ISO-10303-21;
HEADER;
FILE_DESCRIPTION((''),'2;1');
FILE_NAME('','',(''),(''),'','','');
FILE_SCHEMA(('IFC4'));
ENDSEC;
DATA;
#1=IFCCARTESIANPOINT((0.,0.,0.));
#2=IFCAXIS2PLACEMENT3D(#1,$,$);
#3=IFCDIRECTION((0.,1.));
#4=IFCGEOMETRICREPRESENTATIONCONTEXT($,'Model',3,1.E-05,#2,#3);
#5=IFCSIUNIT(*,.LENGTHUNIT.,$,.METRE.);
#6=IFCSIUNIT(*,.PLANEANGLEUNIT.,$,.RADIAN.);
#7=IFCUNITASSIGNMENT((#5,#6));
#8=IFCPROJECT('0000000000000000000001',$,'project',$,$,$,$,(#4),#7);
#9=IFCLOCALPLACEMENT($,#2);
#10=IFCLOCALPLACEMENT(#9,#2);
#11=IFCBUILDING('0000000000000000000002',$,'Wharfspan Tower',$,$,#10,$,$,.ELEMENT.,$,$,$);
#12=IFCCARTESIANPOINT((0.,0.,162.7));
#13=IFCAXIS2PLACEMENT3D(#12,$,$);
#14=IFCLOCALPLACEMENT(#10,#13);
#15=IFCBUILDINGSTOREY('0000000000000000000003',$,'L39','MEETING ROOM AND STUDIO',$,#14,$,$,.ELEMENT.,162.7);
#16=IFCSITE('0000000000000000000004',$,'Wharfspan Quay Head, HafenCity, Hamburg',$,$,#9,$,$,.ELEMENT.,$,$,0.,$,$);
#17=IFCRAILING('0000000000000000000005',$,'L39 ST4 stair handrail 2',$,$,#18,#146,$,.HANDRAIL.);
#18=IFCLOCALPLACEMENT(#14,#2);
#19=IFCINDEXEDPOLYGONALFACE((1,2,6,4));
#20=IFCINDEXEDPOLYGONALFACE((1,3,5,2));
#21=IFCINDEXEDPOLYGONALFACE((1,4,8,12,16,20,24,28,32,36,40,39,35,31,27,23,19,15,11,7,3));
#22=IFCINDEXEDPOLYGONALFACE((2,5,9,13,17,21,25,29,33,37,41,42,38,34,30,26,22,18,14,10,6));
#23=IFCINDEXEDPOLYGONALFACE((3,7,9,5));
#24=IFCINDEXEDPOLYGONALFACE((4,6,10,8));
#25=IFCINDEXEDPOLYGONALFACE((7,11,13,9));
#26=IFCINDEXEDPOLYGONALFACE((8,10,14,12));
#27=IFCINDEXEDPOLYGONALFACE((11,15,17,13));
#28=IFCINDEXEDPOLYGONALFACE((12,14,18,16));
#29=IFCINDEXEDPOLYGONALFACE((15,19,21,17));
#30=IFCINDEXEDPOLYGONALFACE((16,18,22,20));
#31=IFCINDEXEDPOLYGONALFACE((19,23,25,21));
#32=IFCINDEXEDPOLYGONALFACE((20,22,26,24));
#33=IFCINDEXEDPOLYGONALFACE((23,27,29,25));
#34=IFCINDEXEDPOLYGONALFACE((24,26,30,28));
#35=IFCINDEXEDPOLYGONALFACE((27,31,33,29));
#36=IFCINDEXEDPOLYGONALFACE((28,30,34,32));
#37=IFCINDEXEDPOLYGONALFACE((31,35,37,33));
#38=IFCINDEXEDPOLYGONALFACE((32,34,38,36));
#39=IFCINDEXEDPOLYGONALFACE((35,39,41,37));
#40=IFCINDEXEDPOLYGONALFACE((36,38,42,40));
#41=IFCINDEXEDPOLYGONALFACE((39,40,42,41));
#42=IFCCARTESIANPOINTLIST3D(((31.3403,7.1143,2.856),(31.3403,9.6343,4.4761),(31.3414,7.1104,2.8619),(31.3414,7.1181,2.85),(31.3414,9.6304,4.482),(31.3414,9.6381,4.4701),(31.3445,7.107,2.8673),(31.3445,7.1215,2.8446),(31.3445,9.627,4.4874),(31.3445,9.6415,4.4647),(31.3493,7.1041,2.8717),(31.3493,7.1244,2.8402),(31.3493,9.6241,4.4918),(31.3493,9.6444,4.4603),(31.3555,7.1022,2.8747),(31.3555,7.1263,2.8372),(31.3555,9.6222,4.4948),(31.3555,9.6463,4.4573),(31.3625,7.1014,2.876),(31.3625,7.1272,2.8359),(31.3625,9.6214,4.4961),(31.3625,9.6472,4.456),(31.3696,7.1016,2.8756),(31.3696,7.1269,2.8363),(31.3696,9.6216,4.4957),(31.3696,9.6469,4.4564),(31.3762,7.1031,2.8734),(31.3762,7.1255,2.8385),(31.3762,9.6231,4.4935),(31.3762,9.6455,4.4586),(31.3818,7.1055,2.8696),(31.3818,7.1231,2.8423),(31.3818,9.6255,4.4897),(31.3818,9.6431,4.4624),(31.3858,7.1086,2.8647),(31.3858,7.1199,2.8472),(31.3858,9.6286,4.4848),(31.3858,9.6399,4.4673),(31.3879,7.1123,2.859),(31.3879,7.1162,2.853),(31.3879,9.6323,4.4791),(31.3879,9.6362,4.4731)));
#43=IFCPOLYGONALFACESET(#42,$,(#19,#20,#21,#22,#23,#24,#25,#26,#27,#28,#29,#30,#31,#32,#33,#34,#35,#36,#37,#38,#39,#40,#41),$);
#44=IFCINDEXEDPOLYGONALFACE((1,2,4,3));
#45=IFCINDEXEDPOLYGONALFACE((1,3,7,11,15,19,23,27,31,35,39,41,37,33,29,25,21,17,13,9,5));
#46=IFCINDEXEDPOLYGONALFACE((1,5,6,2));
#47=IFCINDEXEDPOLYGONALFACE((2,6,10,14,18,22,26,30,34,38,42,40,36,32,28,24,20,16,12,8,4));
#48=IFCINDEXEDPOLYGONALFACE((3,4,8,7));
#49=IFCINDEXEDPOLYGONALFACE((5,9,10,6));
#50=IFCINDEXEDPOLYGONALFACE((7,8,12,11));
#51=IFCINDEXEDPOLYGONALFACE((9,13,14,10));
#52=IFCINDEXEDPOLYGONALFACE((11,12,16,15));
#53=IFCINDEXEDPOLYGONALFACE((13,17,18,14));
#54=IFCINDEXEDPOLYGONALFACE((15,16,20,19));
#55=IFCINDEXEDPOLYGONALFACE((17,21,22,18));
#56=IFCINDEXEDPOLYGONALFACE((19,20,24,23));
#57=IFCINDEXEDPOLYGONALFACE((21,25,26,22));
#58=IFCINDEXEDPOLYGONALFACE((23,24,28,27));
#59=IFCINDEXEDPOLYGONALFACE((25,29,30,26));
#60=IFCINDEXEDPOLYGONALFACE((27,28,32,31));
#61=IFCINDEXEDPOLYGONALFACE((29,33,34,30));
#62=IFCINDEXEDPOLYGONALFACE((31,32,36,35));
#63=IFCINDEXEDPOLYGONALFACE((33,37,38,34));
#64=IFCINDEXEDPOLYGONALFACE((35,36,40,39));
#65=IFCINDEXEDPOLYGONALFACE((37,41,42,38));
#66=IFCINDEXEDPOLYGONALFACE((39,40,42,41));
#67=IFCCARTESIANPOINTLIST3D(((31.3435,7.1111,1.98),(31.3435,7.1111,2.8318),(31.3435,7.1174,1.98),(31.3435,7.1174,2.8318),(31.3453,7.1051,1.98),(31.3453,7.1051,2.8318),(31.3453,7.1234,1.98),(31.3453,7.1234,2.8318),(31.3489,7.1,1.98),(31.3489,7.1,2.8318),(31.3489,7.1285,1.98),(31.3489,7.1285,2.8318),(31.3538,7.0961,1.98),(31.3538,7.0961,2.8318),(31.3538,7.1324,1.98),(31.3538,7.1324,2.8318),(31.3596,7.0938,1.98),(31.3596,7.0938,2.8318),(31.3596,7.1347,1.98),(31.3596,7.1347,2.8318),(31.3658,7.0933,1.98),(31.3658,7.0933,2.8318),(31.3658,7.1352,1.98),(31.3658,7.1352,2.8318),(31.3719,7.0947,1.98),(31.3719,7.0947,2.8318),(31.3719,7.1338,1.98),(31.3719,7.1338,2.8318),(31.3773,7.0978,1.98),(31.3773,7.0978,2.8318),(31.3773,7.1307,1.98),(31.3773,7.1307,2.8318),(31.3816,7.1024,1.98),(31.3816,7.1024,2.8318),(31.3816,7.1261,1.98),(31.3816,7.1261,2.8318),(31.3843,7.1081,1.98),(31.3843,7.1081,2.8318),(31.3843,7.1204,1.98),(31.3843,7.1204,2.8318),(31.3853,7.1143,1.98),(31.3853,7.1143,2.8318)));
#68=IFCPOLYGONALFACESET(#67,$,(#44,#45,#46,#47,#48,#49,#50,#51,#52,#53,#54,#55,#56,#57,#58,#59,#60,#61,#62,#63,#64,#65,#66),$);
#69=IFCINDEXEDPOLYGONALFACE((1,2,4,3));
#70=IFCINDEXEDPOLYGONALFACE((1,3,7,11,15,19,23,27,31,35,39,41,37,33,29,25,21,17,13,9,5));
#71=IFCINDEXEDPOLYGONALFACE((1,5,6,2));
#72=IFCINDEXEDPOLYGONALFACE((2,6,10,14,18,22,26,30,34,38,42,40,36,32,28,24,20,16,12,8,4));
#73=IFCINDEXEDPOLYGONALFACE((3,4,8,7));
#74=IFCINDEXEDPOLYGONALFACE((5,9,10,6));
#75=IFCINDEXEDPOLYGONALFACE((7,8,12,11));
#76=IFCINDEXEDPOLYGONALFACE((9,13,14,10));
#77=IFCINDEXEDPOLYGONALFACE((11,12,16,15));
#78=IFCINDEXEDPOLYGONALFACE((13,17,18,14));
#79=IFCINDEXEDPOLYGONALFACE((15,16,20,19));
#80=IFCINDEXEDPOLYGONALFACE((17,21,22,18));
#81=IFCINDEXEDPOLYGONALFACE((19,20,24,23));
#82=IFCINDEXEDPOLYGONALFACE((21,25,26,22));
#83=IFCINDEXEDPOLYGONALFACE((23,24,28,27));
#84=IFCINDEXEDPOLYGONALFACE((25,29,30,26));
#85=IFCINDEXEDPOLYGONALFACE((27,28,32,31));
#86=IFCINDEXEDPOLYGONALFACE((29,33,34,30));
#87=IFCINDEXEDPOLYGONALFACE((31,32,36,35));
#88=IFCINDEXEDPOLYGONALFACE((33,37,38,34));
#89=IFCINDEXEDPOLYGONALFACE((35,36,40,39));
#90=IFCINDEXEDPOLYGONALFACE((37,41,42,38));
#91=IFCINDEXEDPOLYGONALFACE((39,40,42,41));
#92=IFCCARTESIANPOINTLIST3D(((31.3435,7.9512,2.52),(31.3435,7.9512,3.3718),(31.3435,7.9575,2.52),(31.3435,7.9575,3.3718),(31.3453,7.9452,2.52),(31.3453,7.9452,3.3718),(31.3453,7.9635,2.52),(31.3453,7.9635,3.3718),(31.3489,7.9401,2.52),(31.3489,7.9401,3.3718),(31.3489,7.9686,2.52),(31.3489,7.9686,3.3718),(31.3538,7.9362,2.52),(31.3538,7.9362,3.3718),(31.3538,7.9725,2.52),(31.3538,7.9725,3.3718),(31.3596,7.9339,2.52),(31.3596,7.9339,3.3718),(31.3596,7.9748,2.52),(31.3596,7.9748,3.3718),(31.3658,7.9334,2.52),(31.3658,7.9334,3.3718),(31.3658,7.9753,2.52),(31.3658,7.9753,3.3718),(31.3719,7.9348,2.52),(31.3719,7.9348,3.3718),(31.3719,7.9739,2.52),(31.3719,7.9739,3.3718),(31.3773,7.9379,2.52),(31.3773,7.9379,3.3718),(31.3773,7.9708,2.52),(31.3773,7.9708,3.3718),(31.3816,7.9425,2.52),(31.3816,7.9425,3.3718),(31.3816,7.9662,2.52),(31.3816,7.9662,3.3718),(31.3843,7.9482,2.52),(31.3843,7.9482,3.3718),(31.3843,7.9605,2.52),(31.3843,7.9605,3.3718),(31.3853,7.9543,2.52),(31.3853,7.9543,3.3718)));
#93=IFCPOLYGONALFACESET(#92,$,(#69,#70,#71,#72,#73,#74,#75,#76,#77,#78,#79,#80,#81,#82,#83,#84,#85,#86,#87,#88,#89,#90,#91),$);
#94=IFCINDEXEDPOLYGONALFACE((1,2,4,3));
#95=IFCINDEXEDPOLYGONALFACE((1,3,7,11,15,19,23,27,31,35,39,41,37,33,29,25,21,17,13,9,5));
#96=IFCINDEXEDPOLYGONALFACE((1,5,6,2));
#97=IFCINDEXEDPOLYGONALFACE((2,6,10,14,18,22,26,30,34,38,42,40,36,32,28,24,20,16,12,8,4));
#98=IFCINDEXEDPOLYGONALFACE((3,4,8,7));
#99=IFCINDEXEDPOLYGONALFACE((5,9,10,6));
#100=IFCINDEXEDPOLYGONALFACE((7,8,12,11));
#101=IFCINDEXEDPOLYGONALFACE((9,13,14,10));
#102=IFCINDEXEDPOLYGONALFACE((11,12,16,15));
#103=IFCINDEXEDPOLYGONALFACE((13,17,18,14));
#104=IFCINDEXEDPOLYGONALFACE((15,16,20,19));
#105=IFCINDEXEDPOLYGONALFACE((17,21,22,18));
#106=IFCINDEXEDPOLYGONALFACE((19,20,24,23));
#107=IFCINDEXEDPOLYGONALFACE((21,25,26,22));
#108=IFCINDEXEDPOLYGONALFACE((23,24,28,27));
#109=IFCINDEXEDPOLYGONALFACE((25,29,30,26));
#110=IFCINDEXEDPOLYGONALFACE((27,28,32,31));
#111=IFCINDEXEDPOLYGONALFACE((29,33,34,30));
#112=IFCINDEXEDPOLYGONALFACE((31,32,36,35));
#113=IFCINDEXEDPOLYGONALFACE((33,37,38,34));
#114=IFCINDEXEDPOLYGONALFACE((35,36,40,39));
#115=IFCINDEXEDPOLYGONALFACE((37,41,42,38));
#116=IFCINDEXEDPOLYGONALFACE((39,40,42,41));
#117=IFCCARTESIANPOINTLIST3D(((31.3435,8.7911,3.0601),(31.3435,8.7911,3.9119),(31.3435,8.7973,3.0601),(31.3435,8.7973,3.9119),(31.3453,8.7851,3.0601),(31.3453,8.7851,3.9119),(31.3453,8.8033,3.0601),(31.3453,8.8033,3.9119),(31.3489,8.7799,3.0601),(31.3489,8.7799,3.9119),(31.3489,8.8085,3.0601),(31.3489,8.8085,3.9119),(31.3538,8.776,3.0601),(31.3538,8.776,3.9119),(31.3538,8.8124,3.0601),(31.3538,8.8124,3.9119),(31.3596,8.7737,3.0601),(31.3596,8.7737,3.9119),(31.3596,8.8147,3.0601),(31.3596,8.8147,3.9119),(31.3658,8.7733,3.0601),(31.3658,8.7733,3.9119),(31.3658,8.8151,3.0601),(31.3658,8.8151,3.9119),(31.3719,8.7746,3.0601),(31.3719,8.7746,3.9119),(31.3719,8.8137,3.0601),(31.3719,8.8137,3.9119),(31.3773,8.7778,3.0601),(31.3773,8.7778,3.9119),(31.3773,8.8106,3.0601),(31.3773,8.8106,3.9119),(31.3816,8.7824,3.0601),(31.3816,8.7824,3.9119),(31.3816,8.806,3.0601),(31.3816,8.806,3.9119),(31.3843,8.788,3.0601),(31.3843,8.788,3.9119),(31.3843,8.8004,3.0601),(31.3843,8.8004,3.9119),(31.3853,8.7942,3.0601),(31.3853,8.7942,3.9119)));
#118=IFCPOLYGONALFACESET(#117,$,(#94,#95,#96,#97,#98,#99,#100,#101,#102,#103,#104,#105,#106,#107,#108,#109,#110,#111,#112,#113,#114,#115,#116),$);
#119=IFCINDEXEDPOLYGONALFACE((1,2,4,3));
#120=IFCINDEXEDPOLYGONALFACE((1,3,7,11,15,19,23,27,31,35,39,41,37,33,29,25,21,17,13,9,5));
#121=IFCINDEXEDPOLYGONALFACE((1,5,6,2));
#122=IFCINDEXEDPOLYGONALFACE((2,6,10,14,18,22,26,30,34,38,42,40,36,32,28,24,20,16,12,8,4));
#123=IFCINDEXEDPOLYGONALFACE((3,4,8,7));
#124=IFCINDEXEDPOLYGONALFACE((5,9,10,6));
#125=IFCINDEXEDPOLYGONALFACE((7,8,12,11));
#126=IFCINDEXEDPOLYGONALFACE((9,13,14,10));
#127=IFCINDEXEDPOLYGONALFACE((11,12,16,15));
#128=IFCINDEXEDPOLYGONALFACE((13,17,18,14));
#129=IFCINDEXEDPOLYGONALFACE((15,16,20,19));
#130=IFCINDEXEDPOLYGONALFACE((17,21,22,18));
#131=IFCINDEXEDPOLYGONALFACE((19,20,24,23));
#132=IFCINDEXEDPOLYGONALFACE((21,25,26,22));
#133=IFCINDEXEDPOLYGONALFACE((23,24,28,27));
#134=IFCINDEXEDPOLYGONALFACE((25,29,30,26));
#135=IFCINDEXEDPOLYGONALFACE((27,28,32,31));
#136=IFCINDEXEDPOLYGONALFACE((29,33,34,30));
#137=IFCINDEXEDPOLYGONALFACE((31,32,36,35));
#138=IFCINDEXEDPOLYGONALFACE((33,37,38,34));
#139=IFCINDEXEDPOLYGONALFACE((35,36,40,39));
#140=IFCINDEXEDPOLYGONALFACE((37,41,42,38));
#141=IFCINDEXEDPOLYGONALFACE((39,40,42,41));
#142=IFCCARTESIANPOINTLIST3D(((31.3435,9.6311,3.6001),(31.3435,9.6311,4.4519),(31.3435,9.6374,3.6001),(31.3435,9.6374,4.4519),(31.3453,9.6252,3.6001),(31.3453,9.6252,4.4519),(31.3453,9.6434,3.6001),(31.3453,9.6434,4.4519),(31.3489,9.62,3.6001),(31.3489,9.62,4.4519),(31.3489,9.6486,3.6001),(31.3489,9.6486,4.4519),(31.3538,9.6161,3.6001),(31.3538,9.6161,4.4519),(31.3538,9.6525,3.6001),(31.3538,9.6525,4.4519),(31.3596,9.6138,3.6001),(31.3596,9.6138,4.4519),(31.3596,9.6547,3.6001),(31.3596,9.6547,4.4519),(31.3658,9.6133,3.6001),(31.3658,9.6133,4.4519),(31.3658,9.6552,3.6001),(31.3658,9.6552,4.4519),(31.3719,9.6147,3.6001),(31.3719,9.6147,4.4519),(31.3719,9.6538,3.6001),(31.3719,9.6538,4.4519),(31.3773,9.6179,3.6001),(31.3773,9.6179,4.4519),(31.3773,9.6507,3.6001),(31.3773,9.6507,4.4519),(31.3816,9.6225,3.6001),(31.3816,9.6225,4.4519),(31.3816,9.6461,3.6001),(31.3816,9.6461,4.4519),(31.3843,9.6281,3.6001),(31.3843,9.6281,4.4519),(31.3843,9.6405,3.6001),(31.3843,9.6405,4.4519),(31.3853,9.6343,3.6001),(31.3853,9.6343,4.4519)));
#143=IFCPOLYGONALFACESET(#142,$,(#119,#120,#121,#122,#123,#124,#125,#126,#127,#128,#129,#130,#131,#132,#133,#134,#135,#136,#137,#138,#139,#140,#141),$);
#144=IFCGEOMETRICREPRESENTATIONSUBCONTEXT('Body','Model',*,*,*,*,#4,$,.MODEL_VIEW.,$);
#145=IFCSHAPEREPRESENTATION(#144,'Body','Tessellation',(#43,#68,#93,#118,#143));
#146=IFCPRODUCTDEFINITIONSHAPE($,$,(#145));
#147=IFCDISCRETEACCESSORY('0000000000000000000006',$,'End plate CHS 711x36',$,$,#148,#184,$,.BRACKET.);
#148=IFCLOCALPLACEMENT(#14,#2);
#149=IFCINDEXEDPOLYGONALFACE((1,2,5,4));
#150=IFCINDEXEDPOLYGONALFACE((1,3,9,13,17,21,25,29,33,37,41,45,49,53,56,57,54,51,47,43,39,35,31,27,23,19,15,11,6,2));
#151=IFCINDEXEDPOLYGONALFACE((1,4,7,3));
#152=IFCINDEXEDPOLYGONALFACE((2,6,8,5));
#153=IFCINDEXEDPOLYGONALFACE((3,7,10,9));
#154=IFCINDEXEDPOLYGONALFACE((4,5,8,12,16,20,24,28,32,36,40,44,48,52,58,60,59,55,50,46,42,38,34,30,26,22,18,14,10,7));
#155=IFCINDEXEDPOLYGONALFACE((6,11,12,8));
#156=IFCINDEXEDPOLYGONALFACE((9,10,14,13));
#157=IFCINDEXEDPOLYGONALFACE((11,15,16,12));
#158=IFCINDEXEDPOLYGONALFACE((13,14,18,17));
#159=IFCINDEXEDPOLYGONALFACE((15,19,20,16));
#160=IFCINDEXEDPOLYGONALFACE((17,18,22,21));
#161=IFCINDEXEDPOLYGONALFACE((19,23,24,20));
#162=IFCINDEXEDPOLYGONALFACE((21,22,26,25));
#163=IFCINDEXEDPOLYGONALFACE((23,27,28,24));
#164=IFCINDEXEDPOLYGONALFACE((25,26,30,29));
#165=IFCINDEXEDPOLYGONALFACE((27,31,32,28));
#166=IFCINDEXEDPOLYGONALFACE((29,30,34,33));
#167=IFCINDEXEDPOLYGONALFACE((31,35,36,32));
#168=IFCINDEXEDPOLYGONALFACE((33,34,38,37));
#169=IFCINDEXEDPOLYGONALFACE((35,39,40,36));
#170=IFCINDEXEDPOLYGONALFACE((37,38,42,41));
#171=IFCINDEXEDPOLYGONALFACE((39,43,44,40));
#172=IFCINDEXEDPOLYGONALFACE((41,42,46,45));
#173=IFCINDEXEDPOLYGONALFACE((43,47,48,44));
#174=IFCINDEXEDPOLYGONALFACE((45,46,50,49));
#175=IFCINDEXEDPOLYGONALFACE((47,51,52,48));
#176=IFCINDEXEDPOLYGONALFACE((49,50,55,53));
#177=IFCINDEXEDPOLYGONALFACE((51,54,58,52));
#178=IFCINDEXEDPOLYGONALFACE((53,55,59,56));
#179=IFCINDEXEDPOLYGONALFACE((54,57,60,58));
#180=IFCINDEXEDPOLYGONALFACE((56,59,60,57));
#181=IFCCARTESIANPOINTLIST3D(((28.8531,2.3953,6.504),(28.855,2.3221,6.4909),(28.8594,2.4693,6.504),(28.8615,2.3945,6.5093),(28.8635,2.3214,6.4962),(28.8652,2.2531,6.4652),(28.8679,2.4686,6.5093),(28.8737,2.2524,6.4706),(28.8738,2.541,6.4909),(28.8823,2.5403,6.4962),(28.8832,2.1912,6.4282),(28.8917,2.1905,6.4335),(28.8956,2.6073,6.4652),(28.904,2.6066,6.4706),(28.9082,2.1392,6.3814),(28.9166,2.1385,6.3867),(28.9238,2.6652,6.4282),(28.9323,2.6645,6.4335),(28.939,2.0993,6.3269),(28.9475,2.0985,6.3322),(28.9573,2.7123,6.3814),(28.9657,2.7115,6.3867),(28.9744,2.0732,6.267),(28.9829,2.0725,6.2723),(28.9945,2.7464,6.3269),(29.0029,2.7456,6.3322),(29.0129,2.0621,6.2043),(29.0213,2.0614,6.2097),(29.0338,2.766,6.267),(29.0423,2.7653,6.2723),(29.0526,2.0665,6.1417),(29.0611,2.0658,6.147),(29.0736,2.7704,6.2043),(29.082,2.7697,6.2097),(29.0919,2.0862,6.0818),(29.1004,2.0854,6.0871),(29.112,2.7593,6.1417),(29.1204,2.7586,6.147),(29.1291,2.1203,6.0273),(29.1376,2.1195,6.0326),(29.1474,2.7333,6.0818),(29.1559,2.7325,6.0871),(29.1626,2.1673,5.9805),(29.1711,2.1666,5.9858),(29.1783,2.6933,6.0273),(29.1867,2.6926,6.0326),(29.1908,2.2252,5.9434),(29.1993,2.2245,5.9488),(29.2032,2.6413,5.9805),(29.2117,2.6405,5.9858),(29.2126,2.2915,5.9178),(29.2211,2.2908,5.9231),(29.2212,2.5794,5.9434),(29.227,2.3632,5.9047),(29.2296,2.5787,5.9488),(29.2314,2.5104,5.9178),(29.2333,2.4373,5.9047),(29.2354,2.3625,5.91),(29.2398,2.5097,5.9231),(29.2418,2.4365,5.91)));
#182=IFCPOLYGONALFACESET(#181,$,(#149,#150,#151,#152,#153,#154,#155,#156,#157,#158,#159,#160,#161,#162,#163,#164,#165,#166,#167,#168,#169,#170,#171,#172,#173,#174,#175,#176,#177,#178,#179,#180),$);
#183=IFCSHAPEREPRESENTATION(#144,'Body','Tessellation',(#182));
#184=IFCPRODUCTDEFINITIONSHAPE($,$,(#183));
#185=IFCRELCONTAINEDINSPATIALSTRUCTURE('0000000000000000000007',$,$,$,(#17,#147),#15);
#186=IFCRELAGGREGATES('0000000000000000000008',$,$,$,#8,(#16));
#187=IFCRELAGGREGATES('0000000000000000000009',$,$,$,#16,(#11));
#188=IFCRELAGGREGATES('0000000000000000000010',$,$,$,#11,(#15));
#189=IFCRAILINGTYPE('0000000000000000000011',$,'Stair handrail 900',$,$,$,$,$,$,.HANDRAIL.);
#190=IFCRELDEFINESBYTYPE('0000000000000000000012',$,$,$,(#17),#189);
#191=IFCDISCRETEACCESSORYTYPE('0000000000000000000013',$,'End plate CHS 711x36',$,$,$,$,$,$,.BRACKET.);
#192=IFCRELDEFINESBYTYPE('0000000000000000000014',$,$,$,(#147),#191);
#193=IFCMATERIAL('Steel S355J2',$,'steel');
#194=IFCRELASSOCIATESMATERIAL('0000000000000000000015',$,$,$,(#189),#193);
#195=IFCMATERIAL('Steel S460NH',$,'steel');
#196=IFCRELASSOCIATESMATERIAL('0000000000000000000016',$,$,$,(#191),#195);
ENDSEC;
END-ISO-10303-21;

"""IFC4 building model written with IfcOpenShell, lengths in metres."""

from ifc_helpers import new_model, si_unit, direction, frame, origin, origin_2d, place, context, subcontext, project, spatial, circle, extrude, material, material_profile, profile_set, type_object, element, save


model = new_model("IFC4")

# Units and contexts
model_context = context("Model", 3, precision=1e-05, world=origin(), true_north=direction((0.0, 1.0)))
body_context = subcontext(model_context, "Body", "Model", "MODEL_VIEW")
ifc_project = project(units=[si_unit("LENGTHUNIT", "METRE"), si_unit("PLANEANGLEUNIT", "RADIAN")], contexts=[model_context])

# Site, building, storey
site_placement = place(None, origin())
site = spatial("IfcSite", under=ifc_project, at=site_placement, Name="Wharfspan Quay Head, HafenCity, Hamburg", CompositionType="ELEMENT", RefElevation=0.0)
building_placement = place(site_placement, origin())
building = spatial("IfcBuilding", under=site, at=building_placement, Name="Wharfspan Tower", CompositionType="ELEMENT")
storey_placement = place(building_placement, frame((0.0, 0.0, 162.7)))
storey = spatial("IfcBuildingStorey", under=building, at=storey_placement, Name="L39", Description="MEETING ROOM AND STUDIO", CompositionType="ELEMENT", Elevation=162.7)

# Shared definitions
ifc_material_1 = material(Name="Steel S355J2", Category="steel")

# Railing
railing_type_1 = type_object("IfcRailingType", Name="Stair handrail 900", PredefinedType="HANDRAIL", material=ifc_material_1)
railing_1_placement = place(storey_placement, frame((31.3643, 7.1143, 1.98)))
element("IfcRailing", 1, at=railing_1_placement, inside=storey, type_object=railing_type_1, Name="L39 ST4 stair handrail 2", PredefinedType="HANDRAIL", context=body_context, shape_type="SweptSolid", body=[
    extrude(circle(Radius=0.0239, at=origin_2d()), frame((0.0, 0.0, 0.876), z_axis=(0.0, 0.841163, 0.540782), x_axis=(-1.0, 0.0, 0.0)), (0.0, 0.0, 1.0), 2.9958),
    extrude(circle(Radius=0.021, at=origin_2d()), origin(), (0.0, 0.0, 1.0), 0.8518),
    extrude(circle(Radius=0.021, at=origin_2d()), frame((0.0, 0.8401, 0.54)), (0.0, 0.0, 1.0), 0.8518),
    extrude(circle(Radius=0.021, at=origin_2d()), frame((0.0, 1.6799, 1.0801)), (0.0, 0.0, 1.0), 0.8518),
    extrude(circle(Radius=0.021, at=origin_2d()), frame((0.0, 2.52, 1.6201)), (0.0, 0.0, 1.0), 0.8518),
])

# Discrete accessory
ifc_material_2 = material(Name="Steel S460NH", Category="steel")
ifc_material_profile_1 = material_profile(ifc_material_2, circle(Radius=0.3555, at=origin_2d()))
ifc_profile_set_1 = profile_set([ifc_material_profile_1], Name="Steel S460NH")
discrete_accessory_type = type_object("IfcDiscreteAccessoryType", Name="End plate CHS 711x36", PredefinedType="BRACKET", material=ifc_profile_set_1)
for number, where, z_axis, x_axis, name in (
    (2, (29.0432, 2.4163, 6.2043), (0.844416, -0.072379, 0.530776), (0.085402, 0.99635, 0.0), "End plate CHS 711x36"),
):
    element("IfcDiscreteAccessory", number, at=place(storey_placement, frame(where, z_axis=z_axis, x_axis=x_axis)), inside=storey, type_object=discrete_accessory_type, Name=name, PredefinedType="BRACKET", context=body_context, shape_type="SweptSolid", body=[
        extrude(circle(Radius=0.3555, at=origin_2d()), origin(), (0.0, 0.0, 1.0), 0.01),
    ])

save(model, "model.ifc")
